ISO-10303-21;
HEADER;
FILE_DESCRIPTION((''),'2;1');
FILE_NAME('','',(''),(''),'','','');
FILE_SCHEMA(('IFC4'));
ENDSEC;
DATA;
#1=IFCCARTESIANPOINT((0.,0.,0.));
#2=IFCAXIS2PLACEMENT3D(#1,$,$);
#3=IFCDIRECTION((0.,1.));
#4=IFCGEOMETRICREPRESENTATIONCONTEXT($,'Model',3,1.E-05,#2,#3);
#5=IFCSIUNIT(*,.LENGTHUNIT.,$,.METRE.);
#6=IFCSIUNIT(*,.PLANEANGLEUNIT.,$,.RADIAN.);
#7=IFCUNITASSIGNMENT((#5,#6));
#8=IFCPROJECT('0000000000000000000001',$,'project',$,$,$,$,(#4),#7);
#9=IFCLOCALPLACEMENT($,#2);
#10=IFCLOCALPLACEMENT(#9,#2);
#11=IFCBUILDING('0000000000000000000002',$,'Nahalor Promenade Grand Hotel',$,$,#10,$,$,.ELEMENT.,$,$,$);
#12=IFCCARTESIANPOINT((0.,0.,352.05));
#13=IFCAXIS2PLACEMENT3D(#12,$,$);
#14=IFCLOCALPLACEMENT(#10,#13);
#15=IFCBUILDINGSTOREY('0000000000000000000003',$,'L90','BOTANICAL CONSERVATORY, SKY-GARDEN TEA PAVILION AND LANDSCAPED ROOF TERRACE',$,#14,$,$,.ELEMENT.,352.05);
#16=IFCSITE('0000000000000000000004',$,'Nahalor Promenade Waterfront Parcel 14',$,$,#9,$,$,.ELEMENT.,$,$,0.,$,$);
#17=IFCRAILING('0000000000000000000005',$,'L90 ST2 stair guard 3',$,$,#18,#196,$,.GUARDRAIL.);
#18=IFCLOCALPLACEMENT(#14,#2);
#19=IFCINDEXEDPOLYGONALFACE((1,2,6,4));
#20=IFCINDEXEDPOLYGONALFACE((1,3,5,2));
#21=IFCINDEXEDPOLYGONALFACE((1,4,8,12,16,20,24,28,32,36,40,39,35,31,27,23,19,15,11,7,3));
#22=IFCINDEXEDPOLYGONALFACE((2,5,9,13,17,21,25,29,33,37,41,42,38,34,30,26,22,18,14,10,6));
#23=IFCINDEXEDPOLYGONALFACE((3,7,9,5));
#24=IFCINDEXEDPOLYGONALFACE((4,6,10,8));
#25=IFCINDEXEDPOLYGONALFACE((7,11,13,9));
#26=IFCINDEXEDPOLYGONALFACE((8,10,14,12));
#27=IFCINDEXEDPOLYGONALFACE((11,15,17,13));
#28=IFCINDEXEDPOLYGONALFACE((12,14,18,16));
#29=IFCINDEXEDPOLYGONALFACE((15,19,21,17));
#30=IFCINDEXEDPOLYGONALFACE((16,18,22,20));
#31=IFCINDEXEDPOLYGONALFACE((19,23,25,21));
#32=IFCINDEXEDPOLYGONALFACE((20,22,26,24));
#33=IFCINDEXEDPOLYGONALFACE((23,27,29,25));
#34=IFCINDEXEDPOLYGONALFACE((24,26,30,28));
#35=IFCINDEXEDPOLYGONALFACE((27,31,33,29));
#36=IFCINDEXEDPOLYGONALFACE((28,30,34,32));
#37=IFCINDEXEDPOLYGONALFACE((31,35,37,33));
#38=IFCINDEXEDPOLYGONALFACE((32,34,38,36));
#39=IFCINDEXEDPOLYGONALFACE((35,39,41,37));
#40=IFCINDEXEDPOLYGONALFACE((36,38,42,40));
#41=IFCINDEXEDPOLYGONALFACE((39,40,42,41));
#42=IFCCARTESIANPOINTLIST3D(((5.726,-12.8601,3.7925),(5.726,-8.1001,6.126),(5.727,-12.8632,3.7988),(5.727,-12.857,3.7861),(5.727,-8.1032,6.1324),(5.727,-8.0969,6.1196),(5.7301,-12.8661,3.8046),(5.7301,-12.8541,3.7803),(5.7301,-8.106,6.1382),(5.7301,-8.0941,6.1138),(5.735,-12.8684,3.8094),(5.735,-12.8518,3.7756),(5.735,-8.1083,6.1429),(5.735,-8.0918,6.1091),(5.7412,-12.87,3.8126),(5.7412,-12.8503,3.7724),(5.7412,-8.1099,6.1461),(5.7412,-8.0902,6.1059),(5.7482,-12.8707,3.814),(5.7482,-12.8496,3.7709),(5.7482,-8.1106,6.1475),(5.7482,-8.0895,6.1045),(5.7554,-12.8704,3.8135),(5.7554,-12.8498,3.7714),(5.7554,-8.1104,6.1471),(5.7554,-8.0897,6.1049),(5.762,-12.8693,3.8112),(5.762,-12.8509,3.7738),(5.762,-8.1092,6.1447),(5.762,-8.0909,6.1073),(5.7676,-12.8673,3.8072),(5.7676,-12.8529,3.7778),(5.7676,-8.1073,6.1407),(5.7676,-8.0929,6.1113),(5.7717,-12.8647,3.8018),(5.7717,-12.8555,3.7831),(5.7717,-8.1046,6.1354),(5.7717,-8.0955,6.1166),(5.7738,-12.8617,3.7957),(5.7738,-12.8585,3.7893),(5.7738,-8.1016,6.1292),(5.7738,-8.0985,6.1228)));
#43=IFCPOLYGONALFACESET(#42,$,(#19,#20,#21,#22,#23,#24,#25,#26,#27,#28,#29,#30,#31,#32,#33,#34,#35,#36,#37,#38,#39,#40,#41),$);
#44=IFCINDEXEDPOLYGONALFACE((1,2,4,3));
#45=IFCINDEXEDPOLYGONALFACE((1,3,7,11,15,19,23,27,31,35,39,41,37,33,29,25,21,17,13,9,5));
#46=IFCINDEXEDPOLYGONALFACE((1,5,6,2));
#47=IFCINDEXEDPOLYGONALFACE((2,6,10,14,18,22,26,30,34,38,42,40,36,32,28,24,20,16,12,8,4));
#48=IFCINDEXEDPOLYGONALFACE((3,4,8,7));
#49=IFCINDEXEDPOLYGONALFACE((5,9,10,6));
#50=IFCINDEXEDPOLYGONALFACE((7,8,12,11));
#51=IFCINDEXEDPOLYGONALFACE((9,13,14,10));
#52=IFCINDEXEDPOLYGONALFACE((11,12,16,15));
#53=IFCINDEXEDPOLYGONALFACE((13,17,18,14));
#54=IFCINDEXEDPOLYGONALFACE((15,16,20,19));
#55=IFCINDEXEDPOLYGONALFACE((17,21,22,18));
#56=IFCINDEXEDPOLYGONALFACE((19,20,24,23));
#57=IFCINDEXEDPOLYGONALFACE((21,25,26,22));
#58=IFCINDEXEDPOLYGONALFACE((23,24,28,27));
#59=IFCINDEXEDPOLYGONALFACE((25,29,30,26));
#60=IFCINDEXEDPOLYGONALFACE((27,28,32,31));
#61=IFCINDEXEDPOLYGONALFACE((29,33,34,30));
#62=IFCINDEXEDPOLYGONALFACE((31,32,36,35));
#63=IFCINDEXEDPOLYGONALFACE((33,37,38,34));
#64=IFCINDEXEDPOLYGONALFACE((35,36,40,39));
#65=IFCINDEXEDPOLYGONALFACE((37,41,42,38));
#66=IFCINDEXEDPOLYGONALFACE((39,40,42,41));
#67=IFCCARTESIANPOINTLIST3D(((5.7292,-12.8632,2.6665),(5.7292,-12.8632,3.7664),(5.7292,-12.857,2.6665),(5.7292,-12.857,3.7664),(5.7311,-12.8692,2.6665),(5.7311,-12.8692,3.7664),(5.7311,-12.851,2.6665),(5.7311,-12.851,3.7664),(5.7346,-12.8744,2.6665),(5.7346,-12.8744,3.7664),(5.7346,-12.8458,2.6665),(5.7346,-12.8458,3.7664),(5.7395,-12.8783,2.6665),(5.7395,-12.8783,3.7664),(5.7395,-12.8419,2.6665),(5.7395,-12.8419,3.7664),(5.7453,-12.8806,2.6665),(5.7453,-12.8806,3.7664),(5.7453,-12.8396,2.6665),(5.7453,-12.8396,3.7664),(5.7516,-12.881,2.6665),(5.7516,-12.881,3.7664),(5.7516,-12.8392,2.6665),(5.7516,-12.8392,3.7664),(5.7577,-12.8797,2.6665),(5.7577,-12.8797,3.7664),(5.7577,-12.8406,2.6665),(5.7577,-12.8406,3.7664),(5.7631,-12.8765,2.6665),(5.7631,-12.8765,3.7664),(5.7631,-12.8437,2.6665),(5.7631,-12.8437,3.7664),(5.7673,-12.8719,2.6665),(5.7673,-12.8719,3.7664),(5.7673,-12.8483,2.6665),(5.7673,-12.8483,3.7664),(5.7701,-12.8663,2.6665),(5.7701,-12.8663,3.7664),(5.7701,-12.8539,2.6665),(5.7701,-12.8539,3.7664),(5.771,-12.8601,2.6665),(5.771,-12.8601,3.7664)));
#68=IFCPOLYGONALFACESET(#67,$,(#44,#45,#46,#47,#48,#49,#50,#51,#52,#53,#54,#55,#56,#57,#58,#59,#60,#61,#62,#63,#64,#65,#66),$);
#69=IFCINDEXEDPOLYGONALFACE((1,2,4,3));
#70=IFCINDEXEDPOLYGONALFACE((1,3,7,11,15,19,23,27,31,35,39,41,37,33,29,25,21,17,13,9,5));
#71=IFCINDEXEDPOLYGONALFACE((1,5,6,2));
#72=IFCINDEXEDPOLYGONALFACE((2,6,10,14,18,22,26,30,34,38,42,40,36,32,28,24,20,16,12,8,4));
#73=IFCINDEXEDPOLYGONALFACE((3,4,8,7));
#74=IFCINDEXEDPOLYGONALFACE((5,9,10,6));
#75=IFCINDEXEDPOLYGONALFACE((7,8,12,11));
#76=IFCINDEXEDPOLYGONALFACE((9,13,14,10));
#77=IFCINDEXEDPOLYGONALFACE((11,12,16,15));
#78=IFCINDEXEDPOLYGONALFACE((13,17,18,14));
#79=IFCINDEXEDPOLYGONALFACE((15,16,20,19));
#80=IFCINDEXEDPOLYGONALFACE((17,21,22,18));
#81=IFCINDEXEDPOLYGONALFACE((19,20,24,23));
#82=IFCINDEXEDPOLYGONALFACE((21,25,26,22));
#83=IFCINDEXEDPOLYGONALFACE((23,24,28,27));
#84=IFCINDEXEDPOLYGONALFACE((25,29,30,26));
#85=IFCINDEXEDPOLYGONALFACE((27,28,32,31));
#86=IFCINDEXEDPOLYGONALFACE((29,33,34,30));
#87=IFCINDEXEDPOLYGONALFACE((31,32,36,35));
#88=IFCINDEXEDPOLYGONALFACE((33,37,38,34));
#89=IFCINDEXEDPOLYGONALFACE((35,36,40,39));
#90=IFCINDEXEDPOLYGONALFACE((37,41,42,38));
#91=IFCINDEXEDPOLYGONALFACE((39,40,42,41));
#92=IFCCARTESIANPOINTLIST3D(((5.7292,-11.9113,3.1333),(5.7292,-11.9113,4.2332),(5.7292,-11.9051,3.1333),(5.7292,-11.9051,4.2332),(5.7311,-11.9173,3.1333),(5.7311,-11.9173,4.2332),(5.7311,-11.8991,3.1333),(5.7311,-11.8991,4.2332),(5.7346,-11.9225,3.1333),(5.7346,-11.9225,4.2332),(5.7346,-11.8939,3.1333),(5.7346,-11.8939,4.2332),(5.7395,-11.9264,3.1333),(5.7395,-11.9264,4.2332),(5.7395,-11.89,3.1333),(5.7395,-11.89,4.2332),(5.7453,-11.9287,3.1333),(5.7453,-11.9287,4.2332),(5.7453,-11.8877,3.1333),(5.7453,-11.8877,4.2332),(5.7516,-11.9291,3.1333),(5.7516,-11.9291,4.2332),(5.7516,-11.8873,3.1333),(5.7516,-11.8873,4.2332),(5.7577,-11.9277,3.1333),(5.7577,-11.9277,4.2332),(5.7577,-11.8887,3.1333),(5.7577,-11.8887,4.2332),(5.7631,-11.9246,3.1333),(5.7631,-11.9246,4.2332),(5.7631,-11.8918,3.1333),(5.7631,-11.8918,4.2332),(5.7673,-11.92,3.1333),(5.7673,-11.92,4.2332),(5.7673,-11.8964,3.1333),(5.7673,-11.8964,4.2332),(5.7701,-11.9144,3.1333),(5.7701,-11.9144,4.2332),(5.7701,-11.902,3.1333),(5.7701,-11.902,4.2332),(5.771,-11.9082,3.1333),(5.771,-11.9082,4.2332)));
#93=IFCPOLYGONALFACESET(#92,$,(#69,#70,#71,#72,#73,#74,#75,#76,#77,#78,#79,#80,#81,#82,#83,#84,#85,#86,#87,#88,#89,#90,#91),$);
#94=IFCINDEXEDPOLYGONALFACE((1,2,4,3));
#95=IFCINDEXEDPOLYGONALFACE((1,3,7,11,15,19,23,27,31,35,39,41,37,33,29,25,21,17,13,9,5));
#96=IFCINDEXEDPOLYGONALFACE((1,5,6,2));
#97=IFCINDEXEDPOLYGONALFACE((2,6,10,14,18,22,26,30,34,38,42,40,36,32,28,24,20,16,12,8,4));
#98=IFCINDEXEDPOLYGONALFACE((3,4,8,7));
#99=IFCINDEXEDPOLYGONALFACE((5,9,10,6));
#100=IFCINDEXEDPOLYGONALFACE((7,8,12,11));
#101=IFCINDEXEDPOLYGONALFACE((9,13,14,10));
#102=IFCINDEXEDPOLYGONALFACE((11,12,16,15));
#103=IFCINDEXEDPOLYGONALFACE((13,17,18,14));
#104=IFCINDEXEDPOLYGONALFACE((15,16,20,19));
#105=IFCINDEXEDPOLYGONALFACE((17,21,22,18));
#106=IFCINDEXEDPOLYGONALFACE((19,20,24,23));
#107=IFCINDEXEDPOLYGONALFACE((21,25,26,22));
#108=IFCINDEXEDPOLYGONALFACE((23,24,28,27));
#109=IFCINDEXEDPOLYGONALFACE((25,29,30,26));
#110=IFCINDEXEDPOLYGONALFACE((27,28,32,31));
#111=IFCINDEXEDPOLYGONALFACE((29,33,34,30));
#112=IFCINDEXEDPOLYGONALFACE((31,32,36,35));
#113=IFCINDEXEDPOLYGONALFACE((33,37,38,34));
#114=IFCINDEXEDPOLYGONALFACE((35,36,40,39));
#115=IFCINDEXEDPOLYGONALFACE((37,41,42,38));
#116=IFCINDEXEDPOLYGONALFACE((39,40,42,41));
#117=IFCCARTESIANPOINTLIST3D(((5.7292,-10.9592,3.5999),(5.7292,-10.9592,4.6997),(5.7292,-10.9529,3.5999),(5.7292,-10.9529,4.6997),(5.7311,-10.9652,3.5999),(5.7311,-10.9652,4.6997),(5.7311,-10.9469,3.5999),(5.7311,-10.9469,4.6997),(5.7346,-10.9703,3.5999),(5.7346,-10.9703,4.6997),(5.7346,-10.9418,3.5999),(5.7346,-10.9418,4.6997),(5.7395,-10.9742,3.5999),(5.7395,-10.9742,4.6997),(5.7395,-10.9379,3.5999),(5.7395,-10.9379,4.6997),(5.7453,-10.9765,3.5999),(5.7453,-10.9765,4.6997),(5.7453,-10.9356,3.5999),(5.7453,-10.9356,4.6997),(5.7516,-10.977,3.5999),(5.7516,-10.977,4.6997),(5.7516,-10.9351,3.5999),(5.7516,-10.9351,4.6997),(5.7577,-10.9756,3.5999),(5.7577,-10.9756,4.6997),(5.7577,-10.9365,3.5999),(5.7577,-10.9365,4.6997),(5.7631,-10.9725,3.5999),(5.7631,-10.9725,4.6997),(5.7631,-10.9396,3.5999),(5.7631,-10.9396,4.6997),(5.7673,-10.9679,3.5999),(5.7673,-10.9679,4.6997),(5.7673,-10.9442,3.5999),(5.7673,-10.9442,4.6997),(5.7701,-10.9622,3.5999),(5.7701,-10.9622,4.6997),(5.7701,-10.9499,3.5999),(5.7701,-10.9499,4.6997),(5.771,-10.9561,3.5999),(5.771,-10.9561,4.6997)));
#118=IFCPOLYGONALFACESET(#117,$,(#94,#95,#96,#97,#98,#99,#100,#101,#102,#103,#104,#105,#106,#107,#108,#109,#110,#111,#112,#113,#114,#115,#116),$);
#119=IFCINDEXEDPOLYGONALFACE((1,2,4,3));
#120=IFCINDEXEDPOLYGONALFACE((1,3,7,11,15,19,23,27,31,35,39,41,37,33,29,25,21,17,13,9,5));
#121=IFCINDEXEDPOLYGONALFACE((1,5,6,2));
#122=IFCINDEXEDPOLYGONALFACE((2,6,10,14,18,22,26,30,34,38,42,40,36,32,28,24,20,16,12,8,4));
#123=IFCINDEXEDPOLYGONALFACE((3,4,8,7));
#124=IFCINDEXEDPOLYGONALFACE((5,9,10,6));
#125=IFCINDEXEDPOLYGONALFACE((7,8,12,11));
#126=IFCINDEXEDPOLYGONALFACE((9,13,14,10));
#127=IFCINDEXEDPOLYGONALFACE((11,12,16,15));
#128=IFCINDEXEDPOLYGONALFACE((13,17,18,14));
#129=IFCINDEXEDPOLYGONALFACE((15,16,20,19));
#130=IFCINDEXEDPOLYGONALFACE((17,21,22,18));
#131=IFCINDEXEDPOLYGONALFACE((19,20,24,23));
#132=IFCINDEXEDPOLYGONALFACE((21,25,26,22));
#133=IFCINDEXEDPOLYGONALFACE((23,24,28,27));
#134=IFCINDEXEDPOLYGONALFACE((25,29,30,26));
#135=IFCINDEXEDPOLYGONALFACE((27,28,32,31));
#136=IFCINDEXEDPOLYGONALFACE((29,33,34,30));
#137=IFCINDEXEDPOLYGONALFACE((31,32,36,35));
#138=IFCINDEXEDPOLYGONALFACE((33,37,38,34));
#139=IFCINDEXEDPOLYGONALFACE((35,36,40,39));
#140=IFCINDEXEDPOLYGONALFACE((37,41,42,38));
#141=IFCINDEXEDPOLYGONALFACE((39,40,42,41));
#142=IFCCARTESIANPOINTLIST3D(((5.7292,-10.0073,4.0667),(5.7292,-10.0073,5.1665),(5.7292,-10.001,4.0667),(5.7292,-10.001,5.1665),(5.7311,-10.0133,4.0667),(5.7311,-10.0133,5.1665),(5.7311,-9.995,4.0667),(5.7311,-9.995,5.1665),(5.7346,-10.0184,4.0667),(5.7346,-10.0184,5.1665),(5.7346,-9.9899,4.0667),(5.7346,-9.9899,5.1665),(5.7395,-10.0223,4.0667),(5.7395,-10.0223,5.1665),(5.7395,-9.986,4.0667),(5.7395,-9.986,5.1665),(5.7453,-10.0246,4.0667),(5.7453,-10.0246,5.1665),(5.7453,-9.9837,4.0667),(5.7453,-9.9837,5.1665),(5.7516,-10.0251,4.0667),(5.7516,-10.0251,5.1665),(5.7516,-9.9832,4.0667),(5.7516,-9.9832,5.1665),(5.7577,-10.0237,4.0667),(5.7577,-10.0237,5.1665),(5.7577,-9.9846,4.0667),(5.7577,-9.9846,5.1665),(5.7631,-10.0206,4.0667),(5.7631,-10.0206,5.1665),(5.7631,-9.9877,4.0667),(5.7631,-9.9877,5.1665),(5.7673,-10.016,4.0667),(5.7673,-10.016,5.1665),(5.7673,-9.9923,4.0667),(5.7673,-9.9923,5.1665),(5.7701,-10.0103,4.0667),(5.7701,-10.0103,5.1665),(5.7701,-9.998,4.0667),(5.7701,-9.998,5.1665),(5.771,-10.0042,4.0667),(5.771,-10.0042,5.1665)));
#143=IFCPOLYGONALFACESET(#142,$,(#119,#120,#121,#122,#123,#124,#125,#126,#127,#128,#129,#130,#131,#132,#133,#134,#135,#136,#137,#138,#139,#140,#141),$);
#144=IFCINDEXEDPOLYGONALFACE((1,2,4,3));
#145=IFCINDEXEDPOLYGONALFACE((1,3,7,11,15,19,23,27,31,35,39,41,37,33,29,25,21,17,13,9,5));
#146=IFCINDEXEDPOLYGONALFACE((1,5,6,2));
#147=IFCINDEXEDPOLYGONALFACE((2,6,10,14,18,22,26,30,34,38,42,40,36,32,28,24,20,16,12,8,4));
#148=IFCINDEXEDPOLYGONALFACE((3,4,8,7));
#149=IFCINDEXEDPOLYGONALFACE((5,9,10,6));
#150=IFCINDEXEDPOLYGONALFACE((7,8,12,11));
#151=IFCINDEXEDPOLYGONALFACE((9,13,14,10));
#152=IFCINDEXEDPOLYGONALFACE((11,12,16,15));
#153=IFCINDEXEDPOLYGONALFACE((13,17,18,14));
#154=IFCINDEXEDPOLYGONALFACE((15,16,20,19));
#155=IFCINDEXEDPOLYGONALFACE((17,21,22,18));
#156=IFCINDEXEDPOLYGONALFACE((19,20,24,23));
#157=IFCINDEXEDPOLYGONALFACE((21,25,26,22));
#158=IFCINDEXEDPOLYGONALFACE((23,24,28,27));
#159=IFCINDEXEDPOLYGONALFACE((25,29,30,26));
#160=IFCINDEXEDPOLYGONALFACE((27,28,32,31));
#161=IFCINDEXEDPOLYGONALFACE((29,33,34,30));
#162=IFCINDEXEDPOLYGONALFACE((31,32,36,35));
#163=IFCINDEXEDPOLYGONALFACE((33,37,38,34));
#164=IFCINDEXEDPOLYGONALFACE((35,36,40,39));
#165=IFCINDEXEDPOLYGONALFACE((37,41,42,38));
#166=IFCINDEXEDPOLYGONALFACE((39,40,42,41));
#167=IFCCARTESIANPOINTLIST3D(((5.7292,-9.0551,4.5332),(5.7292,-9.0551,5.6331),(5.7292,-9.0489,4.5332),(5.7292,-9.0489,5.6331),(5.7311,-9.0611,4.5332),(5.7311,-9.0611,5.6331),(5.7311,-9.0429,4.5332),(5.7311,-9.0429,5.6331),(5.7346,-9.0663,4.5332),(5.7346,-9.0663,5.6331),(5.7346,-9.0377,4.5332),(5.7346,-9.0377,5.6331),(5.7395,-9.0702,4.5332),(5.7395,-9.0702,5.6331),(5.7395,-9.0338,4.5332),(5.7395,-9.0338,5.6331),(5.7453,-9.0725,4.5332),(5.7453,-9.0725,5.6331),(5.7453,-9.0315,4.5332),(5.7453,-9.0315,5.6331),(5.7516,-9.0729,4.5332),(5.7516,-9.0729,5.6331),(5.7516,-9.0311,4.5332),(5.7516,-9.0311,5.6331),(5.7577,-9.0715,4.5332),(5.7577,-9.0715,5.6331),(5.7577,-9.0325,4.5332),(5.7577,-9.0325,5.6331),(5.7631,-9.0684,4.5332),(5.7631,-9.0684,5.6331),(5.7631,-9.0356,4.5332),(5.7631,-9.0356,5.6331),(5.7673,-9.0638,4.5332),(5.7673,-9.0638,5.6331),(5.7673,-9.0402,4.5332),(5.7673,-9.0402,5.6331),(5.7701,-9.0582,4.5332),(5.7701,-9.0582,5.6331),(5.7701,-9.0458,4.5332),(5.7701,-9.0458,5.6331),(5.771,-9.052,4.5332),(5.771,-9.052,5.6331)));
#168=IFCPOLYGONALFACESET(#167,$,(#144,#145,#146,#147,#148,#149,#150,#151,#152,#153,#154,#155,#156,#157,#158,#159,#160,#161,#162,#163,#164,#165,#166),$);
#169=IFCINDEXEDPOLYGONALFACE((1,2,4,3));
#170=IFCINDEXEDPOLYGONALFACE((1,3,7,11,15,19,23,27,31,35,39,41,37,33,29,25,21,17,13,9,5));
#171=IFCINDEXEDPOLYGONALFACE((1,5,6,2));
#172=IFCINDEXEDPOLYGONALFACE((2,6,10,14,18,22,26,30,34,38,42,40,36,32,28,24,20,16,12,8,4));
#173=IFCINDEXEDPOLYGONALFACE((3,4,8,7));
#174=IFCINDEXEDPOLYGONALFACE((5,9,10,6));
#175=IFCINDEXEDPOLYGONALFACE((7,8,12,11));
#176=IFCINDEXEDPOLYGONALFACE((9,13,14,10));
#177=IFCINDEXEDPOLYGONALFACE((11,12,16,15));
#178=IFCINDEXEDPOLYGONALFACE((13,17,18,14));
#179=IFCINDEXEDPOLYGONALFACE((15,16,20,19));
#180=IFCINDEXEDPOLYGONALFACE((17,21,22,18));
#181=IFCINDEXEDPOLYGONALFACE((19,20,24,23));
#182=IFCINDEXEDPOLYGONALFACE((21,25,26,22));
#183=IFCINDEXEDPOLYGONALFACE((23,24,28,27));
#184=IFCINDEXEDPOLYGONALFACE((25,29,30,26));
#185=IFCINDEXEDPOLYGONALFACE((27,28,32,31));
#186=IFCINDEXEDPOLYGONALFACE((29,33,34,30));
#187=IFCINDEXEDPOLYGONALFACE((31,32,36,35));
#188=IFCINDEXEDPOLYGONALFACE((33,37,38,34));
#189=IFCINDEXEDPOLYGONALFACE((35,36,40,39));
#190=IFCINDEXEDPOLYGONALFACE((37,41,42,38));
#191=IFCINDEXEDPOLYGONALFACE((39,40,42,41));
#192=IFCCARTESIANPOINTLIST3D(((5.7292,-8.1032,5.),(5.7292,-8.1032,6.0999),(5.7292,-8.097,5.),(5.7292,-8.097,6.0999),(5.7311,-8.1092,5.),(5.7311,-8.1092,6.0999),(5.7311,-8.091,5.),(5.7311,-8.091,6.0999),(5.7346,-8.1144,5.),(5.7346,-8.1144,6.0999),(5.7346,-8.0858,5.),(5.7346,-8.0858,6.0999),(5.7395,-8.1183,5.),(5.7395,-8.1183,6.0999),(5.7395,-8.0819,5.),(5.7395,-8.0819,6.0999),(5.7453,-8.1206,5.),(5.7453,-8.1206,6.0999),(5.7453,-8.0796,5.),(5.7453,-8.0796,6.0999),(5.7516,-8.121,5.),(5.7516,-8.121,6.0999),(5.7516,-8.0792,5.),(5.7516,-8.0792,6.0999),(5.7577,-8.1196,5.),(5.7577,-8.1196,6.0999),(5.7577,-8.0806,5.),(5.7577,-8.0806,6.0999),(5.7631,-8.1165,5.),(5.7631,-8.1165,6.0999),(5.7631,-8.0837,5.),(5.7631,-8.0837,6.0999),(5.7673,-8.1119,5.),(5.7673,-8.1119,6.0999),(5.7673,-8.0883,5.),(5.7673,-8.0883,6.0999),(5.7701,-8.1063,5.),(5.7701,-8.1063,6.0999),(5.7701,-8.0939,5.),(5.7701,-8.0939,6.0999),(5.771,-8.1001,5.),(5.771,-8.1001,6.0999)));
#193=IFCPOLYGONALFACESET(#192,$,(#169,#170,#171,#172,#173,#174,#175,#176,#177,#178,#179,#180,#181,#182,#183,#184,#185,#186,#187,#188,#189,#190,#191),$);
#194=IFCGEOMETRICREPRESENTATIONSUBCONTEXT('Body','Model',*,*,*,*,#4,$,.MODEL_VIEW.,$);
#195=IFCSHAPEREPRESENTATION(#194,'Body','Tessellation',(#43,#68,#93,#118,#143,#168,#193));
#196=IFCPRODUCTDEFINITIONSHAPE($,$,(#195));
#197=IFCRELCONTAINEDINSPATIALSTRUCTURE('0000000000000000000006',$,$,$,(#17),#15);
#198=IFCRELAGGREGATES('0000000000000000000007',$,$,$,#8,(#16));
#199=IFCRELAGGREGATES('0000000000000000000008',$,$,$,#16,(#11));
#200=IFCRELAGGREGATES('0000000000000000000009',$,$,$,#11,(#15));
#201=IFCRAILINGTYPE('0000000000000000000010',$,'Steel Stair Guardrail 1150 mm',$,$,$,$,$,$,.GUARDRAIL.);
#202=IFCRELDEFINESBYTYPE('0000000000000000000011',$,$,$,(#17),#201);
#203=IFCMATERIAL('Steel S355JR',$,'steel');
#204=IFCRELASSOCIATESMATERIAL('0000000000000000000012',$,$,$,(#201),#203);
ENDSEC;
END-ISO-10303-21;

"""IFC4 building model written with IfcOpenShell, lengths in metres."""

from ifc_helpers import new_model, si_unit, direction, frame, origin, origin_2d, place, context, subcontext, project, spatial, circle, extrude, material, type_object, element, save


model = new_model("IFC4")

# Units and contexts
model_context = context("Model", 3, precision=1e-05, world=origin(), true_north=direction((0.0, 1.0)))
body_context = subcontext(model_context, "Body", "Model", "MODEL_VIEW")
ifc_project = project(units=[si_unit("LENGTHUNIT", "METRE"), si_unit("PLANEANGLEUNIT", "RADIAN")], contexts=[model_context])

# Site, building, storey
site_placement = place(None, origin())
site = spatial("IfcSite", under=ifc_project, at=site_placement, Name="Nahalor Promenade Waterfront Parcel 14", CompositionType="ELEMENT", RefElevation=0.0)
building_placement = place(site_placement, origin())
building = spatial("IfcBuilding", under=site, at=building_placement, Name="Nahalor Promenade Grand Hotel", CompositionType="ELEMENT")
storey_placement = place(building_placement, frame((0.0, 0.0, 352.05)))
storey = spatial("IfcBuildingStorey", under=building, at=storey_placement, Name="L90", Description="BOTANICAL CONSERVATORY, SKY-GARDEN TEA PAVILION AND LANDSCAPED ROOF TERRACE", CompositionType="ELEMENT", Elevation=352.05)

# Shared definitions
ifc_material_1 = material(Name="Steel S355JR", Category="steel")

# Railing
railing_type_1 = type_object("IfcRailingType", Name="Steel Stair Guardrail 1150 mm", PredefinedType="GUARDRAIL", material=ifc_material_1)
railing_1_placement = place(storey_placement, frame((5.75, -12.8601, 2.6665)))
element("IfcRailing", 1, at=railing_1_placement, inside=storey, type_object=railing_type_1, Name="L90 ST2 stair guard 3", PredefinedType="GUARDRAIL", context=body_context, shape_type="SweptSolid", body=[
    extrude(circle(Radius=0.024, at=origin_2d()), frame((0.0, 0.0, 1.126), z_axis=(0.0, 0.897909, 0.440181), x_axis=(-1.0, 0.0, 0.0)), (0.0, 0.0, 1.0), 5.3013),
    extrude(circle(Radius=0.021, at=origin_2d()), origin(), (0.0, 0.0, 1.0), 1.0999),
    extrude(circle(Radius=0.021, at=origin_2d()), frame((0.0, 0.9519, 0.4668)), (0.0, 0.0, 1.0), 1.0999),
    extrude(circle(Radius=0.021, at=origin_2d()), frame((0.0, 1.9041, 0.9333)), (0.0, 0.0, 1.0), 1.0999),
    extrude(circle(Radius=0.021, at=origin_2d()), frame((0.0, 2.856, 1.4001)), (0.0, 0.0, 1.0), 1.0999),
    extrude(circle(Radius=0.021, at=origin_2d()), frame((0.0, 3.8081, 1.8667)), (0.0, 0.0, 1.0), 1.0999),
    extrude(circle(Radius=0.021, at=origin_2d()), frame((0.0, 4.76, 2.3335)), (0.0, 0.0, 1.0), 1.0999),
])

save(model, "model.ifc")
